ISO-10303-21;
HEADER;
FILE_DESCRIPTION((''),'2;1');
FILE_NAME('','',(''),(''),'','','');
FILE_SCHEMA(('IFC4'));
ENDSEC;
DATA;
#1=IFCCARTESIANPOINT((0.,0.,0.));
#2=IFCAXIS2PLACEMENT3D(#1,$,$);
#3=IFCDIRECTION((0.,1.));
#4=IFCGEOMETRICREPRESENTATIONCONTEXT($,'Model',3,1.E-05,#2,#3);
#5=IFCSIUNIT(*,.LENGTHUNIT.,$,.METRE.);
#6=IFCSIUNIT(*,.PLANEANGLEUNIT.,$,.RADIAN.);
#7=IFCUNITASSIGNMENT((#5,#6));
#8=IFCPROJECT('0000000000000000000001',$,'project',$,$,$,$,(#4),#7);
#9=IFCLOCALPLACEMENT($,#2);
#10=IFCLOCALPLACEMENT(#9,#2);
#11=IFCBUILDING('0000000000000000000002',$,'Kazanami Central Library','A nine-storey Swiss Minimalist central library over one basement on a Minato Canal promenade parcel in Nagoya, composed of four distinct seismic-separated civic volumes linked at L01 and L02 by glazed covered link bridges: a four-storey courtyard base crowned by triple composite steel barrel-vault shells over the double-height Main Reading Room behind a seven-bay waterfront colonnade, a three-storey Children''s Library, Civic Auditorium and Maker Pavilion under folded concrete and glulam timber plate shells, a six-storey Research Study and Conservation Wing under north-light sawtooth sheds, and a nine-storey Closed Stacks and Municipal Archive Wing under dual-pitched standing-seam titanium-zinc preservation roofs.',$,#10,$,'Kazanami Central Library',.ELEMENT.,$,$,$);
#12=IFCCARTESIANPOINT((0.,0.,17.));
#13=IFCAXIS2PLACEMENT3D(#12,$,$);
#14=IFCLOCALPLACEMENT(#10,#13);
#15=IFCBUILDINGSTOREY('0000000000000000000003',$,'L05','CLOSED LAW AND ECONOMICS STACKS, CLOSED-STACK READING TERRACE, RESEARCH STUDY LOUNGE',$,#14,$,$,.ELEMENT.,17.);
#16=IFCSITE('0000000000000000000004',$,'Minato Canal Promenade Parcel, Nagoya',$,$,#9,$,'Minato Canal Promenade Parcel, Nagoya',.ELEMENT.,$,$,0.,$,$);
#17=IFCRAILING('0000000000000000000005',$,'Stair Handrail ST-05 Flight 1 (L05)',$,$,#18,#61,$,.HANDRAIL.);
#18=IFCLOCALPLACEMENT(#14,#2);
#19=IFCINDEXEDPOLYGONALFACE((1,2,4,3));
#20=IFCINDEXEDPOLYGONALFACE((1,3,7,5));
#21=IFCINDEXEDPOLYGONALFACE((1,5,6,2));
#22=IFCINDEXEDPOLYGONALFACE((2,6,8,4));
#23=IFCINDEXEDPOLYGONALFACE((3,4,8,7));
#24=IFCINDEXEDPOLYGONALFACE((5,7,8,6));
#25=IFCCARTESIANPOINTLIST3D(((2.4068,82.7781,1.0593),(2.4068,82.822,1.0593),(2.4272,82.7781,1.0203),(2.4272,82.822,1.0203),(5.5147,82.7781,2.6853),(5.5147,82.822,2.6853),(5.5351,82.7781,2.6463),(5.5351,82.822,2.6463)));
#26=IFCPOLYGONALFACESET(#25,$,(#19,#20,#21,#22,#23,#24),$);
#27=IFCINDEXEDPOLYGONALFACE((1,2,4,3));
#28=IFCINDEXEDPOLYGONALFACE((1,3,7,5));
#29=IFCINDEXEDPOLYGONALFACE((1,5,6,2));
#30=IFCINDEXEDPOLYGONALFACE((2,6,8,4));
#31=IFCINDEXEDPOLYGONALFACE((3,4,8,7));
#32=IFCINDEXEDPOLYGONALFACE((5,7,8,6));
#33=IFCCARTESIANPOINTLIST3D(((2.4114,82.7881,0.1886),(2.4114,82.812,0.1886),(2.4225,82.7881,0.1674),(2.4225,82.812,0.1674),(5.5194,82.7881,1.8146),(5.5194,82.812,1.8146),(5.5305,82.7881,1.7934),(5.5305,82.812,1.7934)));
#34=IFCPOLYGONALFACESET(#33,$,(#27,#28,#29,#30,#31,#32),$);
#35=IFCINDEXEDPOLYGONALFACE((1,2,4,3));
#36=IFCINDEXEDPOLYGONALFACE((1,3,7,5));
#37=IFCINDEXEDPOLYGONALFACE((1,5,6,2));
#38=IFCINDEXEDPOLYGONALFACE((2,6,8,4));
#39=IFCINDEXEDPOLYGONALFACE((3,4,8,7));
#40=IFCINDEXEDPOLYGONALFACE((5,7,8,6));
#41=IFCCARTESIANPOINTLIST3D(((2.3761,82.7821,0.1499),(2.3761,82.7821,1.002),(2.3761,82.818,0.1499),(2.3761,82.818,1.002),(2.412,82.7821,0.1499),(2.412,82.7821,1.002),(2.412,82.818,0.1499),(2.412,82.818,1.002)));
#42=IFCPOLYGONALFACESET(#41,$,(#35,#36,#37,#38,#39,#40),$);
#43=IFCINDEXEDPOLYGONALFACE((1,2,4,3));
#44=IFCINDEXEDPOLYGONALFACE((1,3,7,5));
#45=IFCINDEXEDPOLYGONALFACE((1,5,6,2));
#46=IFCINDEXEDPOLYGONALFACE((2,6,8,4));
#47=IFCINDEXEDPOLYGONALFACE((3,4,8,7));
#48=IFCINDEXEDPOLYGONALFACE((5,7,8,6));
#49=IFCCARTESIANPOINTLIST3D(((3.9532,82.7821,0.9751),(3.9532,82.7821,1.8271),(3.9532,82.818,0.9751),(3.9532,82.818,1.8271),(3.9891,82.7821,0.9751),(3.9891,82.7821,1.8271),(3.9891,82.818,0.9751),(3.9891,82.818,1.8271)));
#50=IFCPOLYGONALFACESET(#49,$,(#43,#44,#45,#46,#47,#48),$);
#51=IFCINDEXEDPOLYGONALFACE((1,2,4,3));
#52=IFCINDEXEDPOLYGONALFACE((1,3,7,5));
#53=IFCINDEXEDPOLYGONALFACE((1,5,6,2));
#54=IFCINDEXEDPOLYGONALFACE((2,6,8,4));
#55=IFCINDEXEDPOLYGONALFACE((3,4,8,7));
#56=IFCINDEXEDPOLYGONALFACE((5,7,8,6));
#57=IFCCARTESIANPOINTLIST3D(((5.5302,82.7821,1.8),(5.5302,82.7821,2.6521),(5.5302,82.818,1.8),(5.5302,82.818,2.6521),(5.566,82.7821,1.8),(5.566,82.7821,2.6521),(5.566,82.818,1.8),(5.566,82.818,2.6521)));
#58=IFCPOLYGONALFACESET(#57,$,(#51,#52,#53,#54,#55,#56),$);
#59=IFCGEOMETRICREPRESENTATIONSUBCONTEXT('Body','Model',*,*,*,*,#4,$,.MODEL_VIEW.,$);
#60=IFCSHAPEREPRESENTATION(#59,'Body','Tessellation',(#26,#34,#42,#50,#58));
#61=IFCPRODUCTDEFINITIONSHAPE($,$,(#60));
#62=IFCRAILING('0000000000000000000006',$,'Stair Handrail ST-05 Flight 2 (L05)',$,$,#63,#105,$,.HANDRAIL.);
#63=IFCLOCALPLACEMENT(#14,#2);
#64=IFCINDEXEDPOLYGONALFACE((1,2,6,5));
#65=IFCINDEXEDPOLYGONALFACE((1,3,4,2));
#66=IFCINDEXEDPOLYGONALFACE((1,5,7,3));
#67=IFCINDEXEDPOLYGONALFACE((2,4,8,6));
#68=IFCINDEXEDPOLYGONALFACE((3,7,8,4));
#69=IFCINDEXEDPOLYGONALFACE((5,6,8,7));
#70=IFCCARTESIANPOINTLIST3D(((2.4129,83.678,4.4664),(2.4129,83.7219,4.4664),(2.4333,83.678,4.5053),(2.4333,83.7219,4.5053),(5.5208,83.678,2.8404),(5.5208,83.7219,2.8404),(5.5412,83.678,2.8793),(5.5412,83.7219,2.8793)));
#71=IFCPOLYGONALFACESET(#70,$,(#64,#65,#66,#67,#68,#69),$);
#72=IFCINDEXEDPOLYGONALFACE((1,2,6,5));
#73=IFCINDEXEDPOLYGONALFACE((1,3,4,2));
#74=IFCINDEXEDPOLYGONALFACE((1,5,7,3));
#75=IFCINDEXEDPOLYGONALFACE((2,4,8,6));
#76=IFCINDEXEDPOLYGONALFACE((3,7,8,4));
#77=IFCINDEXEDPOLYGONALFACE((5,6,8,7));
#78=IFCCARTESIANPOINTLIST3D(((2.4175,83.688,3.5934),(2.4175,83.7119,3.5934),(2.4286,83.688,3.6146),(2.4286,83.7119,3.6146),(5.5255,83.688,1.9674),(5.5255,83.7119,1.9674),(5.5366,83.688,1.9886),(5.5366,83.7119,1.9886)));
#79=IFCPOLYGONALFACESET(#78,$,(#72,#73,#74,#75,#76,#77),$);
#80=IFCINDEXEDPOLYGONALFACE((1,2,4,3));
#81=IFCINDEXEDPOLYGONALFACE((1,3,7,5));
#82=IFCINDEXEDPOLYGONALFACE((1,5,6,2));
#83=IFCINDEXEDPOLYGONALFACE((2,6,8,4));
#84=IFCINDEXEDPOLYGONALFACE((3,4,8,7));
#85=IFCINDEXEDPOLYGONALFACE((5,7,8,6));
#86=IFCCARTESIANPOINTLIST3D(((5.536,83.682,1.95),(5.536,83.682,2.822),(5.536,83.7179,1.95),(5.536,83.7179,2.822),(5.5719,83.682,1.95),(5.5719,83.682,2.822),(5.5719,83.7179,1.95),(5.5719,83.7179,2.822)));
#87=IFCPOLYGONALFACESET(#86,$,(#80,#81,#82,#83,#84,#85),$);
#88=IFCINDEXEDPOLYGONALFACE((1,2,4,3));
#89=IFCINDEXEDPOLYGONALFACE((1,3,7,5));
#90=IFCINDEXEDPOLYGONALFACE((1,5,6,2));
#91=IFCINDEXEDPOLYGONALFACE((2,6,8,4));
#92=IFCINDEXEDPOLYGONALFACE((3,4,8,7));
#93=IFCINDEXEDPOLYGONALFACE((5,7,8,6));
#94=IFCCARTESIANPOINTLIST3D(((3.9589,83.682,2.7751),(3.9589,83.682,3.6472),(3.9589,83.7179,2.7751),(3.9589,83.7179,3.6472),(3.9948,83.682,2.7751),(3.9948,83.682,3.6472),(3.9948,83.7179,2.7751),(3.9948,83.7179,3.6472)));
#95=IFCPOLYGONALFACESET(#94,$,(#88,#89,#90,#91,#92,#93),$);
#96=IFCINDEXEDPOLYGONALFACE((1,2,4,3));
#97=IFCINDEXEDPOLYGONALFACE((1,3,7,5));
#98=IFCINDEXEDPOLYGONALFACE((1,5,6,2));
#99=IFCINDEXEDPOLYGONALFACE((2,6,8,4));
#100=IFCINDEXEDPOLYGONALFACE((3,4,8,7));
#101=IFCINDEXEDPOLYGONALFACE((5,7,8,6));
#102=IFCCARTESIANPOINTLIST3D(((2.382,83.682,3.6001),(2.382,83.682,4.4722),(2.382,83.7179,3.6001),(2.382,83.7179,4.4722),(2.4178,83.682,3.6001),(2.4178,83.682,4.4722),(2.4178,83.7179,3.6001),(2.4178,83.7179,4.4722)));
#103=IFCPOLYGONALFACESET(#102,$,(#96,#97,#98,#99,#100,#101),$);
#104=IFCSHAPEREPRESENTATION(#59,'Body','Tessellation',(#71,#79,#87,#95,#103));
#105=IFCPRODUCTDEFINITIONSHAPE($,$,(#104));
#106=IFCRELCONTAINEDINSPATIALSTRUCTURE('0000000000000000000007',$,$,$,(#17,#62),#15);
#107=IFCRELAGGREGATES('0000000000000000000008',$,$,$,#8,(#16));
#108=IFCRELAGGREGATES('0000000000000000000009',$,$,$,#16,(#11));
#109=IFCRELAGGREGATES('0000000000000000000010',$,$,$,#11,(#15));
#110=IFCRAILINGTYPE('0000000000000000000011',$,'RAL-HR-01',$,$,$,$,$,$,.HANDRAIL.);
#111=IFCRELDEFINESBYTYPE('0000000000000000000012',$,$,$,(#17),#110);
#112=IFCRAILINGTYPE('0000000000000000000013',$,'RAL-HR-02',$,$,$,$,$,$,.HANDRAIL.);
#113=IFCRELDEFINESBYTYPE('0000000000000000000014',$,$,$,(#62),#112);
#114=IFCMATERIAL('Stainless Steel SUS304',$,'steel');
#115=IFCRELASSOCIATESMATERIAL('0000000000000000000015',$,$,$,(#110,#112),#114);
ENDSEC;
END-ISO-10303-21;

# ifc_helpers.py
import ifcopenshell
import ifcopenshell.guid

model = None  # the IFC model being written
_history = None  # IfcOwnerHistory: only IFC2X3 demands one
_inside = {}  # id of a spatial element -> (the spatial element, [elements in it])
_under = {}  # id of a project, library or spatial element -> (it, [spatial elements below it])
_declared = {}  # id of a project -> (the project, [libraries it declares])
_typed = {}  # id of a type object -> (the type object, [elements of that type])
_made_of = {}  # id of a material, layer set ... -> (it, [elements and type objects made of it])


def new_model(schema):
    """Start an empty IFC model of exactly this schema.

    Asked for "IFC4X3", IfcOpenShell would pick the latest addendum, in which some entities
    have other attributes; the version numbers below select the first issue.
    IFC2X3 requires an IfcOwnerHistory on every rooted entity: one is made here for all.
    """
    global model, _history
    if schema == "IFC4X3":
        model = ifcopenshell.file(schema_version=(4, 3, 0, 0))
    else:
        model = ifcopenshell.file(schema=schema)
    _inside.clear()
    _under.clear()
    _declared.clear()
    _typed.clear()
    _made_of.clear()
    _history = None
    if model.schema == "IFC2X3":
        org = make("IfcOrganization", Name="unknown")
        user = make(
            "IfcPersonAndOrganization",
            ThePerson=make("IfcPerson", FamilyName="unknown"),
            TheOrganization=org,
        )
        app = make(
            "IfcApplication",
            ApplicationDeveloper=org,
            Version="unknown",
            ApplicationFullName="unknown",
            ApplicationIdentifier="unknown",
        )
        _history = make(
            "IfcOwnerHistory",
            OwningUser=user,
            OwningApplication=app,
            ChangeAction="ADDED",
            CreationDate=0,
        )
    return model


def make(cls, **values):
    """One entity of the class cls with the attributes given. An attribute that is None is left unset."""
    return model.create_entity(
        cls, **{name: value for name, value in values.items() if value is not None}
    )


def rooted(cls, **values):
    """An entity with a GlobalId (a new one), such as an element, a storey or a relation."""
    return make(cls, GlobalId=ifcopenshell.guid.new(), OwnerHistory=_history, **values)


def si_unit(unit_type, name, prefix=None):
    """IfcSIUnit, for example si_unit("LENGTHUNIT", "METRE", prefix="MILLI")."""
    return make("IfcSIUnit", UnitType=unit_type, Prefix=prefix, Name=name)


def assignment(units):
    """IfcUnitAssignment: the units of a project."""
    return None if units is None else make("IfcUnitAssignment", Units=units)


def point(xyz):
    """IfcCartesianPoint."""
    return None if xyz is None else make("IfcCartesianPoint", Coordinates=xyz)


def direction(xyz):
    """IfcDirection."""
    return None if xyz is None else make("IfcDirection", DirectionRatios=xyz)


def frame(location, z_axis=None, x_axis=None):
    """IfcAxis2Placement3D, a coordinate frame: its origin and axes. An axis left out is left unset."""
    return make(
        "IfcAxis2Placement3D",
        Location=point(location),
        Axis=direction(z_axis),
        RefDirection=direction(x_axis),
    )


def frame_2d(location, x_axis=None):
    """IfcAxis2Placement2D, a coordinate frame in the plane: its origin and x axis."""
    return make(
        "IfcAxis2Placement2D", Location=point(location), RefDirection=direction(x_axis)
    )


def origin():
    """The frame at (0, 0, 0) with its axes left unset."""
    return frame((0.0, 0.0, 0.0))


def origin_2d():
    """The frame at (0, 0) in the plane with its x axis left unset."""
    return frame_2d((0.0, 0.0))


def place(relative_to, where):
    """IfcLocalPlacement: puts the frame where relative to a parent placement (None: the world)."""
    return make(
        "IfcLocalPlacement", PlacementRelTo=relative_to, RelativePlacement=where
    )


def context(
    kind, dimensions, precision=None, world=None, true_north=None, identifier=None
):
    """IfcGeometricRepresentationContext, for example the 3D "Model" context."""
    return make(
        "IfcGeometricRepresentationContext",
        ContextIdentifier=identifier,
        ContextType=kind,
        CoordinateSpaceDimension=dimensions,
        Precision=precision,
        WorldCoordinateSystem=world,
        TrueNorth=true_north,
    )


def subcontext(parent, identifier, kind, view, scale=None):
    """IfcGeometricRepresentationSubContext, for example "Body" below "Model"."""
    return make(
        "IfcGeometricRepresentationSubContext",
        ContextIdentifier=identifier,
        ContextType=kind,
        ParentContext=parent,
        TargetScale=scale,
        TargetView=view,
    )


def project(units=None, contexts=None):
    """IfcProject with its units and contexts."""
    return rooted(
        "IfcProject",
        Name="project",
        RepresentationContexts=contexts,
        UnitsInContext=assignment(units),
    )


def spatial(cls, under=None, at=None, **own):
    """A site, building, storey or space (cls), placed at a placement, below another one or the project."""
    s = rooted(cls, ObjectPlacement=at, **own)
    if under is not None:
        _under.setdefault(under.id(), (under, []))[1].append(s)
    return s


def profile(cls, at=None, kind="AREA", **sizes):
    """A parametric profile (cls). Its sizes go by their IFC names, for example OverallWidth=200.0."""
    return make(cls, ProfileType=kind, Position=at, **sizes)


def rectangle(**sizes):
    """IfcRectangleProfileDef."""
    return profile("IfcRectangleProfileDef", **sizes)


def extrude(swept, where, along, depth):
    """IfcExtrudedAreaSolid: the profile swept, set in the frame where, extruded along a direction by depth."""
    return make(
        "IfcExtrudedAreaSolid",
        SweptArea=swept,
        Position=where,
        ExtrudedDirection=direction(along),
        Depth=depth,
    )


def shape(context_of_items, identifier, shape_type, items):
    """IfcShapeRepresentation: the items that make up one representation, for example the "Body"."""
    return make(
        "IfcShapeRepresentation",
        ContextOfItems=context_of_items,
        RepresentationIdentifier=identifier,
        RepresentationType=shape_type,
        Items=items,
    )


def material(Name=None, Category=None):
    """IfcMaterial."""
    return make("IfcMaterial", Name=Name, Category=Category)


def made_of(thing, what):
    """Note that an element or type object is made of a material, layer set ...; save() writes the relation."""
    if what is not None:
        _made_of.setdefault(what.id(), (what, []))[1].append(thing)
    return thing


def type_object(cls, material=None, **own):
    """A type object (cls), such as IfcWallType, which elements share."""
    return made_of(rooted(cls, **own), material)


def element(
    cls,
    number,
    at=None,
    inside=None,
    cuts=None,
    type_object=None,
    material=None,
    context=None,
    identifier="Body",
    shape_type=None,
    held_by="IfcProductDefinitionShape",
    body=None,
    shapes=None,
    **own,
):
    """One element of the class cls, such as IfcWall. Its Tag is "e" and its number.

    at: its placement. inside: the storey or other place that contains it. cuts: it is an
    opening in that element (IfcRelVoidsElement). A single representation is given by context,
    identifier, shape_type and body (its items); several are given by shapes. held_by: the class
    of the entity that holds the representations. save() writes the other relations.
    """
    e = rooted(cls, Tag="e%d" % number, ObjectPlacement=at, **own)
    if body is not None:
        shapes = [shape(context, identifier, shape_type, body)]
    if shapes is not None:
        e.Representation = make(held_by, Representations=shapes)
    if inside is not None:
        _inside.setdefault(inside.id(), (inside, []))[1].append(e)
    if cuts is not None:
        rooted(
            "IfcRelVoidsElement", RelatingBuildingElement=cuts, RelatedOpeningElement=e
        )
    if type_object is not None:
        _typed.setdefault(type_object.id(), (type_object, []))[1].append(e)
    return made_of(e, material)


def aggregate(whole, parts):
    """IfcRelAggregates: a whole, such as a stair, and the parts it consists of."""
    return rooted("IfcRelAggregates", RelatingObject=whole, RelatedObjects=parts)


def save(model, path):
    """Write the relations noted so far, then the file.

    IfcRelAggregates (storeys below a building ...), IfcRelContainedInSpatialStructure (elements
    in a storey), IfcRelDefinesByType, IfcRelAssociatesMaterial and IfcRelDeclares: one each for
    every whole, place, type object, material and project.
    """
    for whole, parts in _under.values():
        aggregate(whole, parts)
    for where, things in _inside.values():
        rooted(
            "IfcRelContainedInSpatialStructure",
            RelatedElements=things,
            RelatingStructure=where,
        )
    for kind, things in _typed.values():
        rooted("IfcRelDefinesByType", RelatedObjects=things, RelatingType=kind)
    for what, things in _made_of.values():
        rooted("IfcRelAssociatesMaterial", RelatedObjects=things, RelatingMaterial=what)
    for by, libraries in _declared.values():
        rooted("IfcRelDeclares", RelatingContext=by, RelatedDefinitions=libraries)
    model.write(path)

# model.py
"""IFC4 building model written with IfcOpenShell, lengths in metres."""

from ifc_helpers import new_model, si_unit, direction, frame, origin, origin_2d, place, context, subcontext, project, spatial, rectangle, extrude, material, type_object, element, save


model = new_model("IFC4")

# Units and contexts
model_context = context("Model", 3, precision=1e-05, world=origin(), true_north=direction((0.0, 1.0)))
body_context = subcontext(model_context, "Body", "Model", "MODEL_VIEW")
ifc_project = project(units=[si_unit("LENGTHUNIT", "METRE"), si_unit("PLANEANGLEUNIT", "RADIAN")], contexts=[model_context])

# Site, building, storey
site_placement = place(None, origin())
site = spatial("IfcSite", under=ifc_project, at=site_placement, Name="Minato Canal Promenade Parcel, Nagoya", LongName="Minato Canal Promenade Parcel, Nagoya", CompositionType="ELEMENT", RefElevation=0.0)
building_placement = place(site_placement, origin())
building = spatial("IfcBuilding", under=site, at=building_placement, Name="Kazanami Central Library", Description="A nine-storey Swiss Minimalist central library over one basement on a Minato Canal promenade parcel in Nagoya, composed of four distinct seismic-separated civic volumes linked at L01 and L02 by glazed covered link bridges: a four-storey courtyard base crowned by triple composite steel barrel-vault shells over the double-height Main Reading Room behind a seven-bay waterfront colonnade, a three-storey Children's Library, Civic Auditorium and Maker Pavilion under folded concrete and glulam timber plate shells, a six-storey Research Study and Conservation Wing under north-light sawtooth sheds, and a nine-storey Closed Stacks and Municipal Archive Wing under dual-pitched standing-seam titanium-zinc preservation roofs.", LongName="Kazanami Central Library", CompositionType="ELEMENT")
storey_placement = place(building_placement, frame((0.0, 0.0, 17.0)))
storey = spatial("IfcBuildingStorey", under=building, at=storey_placement, Name="L05", Description="CLOSED LAW AND ECONOMICS STACKS, CLOSED-STACK READING TERRACE, RESEARCH STUDY LOUNGE", CompositionType="ELEMENT", Elevation=17.0)

# Railings
ifc_material_1 = material(Name="Stainless Steel SUS304", Category="steel")
railing_type_1 = type_object("IfcRailingType", Name="RAL-HR-01", PredefinedType="HANDRAIL", material=ifc_material_1)
railing_1_placement = place(storey_placement, frame((2.394, 82.8, 0.1499)))
element("IfcRailing", 1, at=railing_1_placement, inside=storey, type_object=railing_type_1, Name="Stair Handrail ST-05 Flight 1 (L05)", PredefinedType="HANDRAIL", context=body_context, shape_type="SweptSolid", body=[
    extrude(rectangle(XDim=0.0439, YDim=0.0439, at=origin_2d()), frame((0.0229, 0.0, 0.8899), z_axis=(0.88606, 0.0, 0.463571), x_axis=(0.0, 1.0, 0.0)), (0.0, 0.0, 1.0), 3.5076),
    extrude(rectangle(XDim=0.0239, YDim=0.0239, at=origin_2d()), frame((0.0229, 0.0, 0.0281), z_axis=(0.88606, 0.0, 0.463571), x_axis=(0.0, 1.0, 0.0)), (0.0, 0.0, 1.0), 3.5076),
    extrude(rectangle(XDim=0.0359, YDim=0.0359, at=origin_2d()), origin(), (0.0, 0.0, 1.0), 0.8521),
    extrude(rectangle(XDim=0.0359, YDim=0.0359, at=origin_2d()), frame((1.5771, 0.0, 0.8252)), (0.0, 0.0, 1.0), 0.8521),
    extrude(rectangle(XDim=0.0359, YDim=0.0359, at=origin_2d()), frame((3.1541, 0.0, 1.6501)), (0.0, 0.0, 1.0), 0.8521),
])
railing_type_2 = type_object("IfcRailingType", Name="RAL-HR-02", PredefinedType="HANDRAIL", material=ifc_material_1)
railing_2_placement = place(storey_placement, frame((5.554, 83.7, 1.95)))
element("IfcRailing", 2, at=railing_2_placement, inside=storey, type_object=railing_type_2, Name="Stair Handrail ST-05 Flight 2 (L05)", PredefinedType="HANDRAIL", context=body_context, shape_type="SweptSolid", body=[
    extrude(rectangle(XDim=0.0439, YDim=0.0439, at=origin_2d()), frame((-0.0229, 0.0, 0.9099), z_axis=(-0.88606, 0.0, 0.463571), x_axis=(0.0, -1.0, 0.0)), (0.0, 0.0, 1.0), 3.5076),
    extrude(rectangle(XDim=0.0239, YDim=0.0239, at=origin_2d()), frame((-0.0229, 0.0, 0.0281), z_axis=(-0.88606, 0.0, 0.463571), x_axis=(0.0, -1.0, 0.0)), (0.0, 0.0, 1.0), 3.5076),
    extrude(rectangle(XDim=0.0359, YDim=0.0359, at=origin_2d()), origin(), (0.0, 0.0, 1.0), 0.8721),
    extrude(rectangle(XDim=0.0359, YDim=0.0359, at=origin_2d()), frame((-1.5771, 0.0, 0.8252)), (0.0, 0.0, 1.0), 0.8721),
    extrude(rectangle(XDim=0.0359, YDim=0.0359, at=origin_2d()), frame((-3.1541, 0.0, 1.6501)), (0.0, 0.0, 1.0), 0.8721),
])

save(model, "model.ifc")
